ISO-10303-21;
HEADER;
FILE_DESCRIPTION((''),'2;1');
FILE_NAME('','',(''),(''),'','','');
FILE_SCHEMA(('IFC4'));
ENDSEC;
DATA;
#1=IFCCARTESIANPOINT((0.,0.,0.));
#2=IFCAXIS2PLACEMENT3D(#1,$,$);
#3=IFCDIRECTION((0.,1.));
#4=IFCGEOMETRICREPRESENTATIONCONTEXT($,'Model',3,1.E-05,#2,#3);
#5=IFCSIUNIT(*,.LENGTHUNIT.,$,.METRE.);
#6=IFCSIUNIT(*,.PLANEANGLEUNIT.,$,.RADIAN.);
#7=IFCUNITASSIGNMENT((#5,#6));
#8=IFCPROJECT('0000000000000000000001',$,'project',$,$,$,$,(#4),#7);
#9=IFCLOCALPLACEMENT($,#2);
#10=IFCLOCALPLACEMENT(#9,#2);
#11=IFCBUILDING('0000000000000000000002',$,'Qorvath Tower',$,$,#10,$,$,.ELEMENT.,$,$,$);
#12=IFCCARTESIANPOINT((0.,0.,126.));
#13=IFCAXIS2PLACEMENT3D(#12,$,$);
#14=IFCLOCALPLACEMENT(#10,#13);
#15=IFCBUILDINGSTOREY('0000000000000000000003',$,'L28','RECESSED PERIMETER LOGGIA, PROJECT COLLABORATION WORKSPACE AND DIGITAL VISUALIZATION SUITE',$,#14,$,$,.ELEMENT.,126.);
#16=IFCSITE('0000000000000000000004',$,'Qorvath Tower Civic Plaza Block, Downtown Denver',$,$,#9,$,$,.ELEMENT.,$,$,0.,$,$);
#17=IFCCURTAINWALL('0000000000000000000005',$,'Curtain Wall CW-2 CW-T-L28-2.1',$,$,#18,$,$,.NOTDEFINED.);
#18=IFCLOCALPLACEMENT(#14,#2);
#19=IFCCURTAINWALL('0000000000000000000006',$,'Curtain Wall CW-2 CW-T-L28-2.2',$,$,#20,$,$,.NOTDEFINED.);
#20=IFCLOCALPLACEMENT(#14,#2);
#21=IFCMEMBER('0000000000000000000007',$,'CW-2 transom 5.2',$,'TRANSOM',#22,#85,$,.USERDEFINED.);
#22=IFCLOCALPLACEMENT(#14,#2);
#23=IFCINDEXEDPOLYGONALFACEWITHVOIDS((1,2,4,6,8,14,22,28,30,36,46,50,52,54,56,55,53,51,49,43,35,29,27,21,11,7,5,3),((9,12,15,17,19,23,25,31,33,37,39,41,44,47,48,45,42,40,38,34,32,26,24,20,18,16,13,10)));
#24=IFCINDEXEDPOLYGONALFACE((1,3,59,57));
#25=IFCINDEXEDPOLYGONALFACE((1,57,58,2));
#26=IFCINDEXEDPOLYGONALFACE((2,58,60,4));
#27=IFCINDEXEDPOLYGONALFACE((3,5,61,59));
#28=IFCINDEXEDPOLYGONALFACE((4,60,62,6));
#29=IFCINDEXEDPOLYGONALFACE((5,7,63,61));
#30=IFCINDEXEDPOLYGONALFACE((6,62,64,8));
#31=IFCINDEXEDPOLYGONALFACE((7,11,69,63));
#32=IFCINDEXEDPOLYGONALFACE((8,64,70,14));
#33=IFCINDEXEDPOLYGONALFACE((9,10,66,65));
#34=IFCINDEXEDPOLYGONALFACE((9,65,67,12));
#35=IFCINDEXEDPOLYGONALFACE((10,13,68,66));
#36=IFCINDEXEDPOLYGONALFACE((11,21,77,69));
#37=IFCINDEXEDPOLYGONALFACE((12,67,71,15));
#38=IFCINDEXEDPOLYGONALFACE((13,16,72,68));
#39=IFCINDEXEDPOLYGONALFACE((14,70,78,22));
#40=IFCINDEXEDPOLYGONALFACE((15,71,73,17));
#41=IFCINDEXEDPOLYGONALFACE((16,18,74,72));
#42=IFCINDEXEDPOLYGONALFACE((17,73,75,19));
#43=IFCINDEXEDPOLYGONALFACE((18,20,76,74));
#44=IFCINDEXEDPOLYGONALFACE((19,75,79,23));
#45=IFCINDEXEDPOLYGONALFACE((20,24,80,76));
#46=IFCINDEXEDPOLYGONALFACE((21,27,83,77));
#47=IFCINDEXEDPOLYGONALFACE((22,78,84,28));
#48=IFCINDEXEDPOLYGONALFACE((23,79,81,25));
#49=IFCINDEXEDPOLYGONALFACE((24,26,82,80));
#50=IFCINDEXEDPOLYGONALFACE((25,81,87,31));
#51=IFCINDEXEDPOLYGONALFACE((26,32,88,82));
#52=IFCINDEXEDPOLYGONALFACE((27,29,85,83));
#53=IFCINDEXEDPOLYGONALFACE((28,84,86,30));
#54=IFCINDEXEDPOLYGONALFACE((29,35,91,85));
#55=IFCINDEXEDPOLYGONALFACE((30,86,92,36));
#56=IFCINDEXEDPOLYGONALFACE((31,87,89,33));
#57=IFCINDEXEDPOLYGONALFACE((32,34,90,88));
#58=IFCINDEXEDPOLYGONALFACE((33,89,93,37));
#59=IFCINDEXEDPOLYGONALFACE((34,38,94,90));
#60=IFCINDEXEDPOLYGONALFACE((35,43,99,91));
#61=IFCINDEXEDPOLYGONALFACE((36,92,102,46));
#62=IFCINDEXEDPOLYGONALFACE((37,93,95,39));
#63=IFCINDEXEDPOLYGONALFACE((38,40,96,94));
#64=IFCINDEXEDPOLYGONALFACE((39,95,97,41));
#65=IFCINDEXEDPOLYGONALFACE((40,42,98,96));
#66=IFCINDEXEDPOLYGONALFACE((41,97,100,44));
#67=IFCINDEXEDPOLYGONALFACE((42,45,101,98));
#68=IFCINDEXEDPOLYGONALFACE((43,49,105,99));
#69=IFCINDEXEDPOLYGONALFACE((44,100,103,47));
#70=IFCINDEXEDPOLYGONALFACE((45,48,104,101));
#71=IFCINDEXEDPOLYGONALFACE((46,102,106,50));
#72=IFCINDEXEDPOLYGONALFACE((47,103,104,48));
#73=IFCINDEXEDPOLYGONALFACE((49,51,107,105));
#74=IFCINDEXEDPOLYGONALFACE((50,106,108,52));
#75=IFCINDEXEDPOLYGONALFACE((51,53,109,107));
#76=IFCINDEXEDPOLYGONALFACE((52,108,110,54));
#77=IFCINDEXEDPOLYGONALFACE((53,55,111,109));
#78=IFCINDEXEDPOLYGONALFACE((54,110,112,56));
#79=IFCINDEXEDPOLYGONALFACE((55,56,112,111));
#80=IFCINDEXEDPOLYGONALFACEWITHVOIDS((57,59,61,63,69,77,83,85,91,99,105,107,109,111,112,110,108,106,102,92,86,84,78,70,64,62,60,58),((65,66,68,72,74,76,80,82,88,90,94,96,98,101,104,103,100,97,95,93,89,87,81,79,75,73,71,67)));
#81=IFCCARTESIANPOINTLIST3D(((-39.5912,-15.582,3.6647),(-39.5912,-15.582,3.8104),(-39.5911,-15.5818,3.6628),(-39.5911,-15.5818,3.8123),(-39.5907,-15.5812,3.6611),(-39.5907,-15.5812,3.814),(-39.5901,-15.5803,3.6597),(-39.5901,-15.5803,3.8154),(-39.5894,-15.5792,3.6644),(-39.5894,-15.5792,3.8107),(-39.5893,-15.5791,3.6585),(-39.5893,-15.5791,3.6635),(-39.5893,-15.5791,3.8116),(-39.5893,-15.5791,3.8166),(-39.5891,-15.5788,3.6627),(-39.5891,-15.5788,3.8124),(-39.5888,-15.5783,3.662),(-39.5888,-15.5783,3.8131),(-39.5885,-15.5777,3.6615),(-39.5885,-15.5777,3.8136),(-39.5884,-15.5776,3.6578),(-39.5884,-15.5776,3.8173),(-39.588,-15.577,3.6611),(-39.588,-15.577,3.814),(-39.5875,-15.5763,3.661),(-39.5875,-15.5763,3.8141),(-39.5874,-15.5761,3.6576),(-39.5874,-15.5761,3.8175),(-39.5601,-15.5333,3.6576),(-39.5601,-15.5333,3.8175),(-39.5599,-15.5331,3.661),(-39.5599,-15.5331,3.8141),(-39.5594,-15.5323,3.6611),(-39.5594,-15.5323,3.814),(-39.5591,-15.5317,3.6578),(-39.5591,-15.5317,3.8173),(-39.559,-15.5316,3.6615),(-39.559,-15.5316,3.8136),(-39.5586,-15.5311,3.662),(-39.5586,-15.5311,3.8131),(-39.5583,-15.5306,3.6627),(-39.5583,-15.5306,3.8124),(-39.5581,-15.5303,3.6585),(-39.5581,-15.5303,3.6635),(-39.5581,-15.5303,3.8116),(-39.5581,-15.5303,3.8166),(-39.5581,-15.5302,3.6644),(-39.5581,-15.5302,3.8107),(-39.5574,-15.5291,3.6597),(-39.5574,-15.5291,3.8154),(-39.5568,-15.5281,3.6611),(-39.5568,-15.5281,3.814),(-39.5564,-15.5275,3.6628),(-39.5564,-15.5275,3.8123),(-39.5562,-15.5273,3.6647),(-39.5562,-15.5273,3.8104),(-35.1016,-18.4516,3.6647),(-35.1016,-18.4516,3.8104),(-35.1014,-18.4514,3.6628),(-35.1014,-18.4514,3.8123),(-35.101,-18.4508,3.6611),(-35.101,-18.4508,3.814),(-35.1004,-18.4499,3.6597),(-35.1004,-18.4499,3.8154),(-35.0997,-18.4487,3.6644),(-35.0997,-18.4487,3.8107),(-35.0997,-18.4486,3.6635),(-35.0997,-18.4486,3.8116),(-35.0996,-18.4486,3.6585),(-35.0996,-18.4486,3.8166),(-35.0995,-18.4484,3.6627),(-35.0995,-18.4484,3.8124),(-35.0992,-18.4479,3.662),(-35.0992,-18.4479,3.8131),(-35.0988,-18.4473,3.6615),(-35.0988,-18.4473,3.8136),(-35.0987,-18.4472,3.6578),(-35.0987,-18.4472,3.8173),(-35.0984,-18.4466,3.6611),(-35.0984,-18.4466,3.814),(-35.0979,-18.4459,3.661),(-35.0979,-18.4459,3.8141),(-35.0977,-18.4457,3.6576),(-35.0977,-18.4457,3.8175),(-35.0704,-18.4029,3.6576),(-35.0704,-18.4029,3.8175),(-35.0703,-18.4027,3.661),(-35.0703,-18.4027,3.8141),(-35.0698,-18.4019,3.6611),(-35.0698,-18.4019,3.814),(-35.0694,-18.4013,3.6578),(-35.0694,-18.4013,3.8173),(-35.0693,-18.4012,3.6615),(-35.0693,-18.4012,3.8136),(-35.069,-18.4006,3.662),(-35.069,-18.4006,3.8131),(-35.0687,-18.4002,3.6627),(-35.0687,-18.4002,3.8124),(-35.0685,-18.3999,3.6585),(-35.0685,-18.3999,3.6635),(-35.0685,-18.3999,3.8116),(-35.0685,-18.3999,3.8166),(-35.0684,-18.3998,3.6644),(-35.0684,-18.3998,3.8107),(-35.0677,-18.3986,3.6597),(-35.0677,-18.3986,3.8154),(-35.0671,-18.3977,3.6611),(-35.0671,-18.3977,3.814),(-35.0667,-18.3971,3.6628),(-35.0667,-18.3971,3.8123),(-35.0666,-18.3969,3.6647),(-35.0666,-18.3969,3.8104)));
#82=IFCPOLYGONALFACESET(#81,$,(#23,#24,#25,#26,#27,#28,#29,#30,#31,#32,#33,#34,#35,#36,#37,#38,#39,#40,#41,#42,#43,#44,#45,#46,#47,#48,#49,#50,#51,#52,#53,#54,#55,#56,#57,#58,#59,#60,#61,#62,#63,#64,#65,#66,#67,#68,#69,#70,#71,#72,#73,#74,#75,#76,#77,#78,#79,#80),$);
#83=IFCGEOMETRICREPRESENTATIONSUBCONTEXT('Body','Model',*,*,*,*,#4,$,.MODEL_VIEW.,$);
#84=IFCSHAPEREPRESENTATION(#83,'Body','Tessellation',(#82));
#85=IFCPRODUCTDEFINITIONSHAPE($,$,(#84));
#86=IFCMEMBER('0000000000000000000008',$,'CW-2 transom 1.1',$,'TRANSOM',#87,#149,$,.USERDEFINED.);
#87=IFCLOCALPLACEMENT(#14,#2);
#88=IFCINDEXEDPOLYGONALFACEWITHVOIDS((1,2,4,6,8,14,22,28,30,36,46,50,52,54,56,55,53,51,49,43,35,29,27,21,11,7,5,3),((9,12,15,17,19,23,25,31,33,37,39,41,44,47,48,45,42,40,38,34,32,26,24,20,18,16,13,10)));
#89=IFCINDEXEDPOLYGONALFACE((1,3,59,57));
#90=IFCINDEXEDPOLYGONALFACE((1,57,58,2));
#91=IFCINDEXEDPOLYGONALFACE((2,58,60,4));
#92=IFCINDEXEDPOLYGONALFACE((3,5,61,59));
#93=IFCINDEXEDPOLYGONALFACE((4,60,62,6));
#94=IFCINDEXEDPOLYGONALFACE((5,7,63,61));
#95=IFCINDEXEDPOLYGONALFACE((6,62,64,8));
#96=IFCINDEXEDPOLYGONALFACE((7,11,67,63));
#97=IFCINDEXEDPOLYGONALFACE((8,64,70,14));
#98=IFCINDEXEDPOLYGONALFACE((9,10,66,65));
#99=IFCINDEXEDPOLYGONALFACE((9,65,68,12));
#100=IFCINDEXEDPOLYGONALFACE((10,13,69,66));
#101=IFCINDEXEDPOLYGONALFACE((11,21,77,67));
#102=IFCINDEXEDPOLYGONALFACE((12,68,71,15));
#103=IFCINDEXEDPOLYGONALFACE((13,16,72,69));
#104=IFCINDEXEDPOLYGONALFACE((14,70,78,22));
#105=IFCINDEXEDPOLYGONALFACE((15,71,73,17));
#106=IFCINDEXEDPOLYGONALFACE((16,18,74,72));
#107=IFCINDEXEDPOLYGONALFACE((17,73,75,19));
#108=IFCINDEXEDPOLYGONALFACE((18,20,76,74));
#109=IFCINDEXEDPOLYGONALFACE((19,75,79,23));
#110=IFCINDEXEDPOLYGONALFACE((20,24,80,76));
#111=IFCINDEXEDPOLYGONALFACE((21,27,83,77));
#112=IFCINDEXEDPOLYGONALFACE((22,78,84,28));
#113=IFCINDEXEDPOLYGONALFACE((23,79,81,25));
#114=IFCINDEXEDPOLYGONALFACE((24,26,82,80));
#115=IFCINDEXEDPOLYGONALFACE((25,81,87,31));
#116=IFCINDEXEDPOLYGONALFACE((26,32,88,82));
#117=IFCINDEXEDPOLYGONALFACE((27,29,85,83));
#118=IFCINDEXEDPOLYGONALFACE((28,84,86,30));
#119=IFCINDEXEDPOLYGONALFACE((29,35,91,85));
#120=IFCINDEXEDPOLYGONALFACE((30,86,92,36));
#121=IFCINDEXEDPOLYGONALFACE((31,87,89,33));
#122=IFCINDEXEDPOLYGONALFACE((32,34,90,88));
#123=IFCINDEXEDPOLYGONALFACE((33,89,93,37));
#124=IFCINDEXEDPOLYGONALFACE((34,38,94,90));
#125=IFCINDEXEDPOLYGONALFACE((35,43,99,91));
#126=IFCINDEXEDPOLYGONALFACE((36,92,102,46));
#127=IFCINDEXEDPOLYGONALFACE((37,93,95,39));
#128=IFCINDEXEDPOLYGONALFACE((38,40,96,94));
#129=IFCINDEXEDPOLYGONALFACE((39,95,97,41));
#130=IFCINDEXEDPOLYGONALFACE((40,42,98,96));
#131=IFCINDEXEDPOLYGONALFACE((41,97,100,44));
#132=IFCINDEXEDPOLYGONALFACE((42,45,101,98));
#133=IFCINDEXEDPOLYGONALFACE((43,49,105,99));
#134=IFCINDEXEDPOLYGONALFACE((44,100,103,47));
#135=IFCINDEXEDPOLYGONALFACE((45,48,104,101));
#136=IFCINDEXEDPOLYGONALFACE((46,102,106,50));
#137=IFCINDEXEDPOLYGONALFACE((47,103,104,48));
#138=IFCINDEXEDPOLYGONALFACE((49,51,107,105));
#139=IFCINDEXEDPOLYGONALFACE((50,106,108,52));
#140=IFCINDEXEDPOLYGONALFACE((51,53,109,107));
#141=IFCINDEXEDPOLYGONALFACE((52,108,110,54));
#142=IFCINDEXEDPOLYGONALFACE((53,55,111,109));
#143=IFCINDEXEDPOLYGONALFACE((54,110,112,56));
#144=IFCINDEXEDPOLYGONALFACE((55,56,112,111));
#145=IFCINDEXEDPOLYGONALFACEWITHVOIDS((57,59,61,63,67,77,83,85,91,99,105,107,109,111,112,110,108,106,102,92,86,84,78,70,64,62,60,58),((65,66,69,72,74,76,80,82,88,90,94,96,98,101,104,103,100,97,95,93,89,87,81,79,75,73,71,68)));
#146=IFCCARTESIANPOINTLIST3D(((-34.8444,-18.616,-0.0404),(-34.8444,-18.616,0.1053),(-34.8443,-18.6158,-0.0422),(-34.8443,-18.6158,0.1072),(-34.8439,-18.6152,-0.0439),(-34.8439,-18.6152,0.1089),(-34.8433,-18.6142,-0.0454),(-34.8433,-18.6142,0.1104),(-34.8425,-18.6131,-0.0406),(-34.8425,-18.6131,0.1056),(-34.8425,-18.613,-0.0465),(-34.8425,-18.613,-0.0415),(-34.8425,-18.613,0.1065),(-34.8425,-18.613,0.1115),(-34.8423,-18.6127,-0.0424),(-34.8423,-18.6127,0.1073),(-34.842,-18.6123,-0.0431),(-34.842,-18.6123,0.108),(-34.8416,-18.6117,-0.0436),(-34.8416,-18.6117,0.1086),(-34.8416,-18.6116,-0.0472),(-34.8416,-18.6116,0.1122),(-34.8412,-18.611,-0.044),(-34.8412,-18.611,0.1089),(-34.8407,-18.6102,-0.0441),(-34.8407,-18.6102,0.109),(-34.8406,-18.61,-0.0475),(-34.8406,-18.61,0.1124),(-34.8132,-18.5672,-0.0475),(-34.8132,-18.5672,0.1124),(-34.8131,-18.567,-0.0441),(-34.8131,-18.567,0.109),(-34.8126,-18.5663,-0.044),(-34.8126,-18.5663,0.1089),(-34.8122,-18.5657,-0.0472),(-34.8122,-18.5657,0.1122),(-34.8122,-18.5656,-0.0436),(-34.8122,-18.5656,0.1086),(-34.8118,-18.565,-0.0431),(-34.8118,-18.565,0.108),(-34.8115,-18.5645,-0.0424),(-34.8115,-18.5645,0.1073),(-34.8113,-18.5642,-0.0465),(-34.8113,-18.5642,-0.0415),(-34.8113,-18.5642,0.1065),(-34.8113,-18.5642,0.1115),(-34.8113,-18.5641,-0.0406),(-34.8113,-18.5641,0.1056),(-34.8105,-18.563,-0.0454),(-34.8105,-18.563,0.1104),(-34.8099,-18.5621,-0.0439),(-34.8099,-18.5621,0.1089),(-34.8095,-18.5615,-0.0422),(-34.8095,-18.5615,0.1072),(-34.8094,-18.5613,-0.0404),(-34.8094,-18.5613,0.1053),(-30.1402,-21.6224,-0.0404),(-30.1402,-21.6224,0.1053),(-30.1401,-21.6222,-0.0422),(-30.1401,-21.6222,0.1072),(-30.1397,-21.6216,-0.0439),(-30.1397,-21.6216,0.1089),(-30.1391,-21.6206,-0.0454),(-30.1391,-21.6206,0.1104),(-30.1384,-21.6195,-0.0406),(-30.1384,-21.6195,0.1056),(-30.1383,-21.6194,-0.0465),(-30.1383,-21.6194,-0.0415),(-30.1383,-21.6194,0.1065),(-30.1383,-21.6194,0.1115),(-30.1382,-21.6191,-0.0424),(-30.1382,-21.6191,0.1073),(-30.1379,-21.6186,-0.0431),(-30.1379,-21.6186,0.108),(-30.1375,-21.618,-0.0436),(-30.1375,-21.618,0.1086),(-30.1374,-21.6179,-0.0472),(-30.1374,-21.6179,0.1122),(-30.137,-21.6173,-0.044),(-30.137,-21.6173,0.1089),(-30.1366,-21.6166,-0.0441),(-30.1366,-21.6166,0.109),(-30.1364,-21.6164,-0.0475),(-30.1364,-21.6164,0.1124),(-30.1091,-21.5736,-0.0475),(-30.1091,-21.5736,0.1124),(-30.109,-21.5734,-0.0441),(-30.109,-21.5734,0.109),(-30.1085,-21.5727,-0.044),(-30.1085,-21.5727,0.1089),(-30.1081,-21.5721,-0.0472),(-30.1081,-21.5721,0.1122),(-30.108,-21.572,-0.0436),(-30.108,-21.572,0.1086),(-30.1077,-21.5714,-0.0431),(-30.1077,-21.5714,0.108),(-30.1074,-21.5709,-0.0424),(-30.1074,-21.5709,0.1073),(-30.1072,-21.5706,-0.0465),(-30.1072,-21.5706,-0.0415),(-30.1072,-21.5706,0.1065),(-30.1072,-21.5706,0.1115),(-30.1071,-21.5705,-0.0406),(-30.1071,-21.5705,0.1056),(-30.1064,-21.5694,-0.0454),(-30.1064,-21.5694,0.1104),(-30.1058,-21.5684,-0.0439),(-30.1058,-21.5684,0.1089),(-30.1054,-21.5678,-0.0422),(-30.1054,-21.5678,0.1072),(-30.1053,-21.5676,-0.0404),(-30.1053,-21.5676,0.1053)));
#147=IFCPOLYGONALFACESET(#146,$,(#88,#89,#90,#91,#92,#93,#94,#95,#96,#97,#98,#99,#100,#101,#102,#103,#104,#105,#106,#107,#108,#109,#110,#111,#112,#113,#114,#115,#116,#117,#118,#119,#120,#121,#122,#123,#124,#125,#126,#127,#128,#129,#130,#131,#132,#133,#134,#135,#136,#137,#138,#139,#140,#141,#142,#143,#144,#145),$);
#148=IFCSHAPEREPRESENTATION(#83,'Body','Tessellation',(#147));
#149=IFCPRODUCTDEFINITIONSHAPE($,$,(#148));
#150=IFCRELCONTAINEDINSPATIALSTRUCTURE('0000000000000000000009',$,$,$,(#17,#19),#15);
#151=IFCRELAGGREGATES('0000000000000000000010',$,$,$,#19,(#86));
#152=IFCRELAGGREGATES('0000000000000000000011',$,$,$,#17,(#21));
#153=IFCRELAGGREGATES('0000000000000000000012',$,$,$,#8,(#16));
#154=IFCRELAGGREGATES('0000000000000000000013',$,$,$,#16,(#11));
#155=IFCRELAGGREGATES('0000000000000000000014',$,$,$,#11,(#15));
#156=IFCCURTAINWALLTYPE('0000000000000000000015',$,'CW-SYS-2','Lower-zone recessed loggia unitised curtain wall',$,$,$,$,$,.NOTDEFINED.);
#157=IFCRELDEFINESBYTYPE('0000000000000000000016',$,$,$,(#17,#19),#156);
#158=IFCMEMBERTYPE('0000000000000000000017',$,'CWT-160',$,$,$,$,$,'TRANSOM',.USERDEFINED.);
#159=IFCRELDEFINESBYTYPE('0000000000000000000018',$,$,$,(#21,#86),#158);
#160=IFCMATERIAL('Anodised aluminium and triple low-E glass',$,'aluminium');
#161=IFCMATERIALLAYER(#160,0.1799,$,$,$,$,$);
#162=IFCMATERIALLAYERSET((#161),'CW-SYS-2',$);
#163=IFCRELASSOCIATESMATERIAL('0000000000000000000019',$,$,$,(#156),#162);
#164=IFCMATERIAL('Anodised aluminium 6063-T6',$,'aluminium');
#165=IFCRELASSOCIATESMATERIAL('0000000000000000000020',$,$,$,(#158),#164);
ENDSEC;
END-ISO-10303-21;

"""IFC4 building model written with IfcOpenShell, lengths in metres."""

from ifc_helpers import new_model, si_unit, direction, frame, origin, origin_2d, place, context, subcontext, project, spatial, hollow_rectangle, extrude, material, layer, layer_set, material_profile, profile_set, type_object, element, aggregate, save


model = new_model("IFC4")

# Units and contexts
model_context = context("Model", 3, precision=1e-05, world=origin(), true_north=direction((0.0, 1.0)))
body_context = subcontext(model_context, "Body", "Model", "MODEL_VIEW")
ifc_project = project(units=[si_unit("LENGTHUNIT", "METRE"), si_unit("PLANEANGLEUNIT", "RADIAN")], contexts=[model_context])

# Site, building, storey
site_placement = place(None, origin())
site = spatial("IfcSite", under=ifc_project, at=site_placement, Name="Qorvath Tower Civic Plaza Block, Downtown Denver", CompositionType="ELEMENT", RefElevation=0.0)
building_placement = place(site_placement, origin())
building = spatial("IfcBuilding", under=site, at=building_placement, Name="Qorvath Tower", CompositionType="ELEMENT")
storey_placement = place(building_placement, frame((0.0, 0.0, 126.0)))
storey = spatial("IfcBuildingStorey", under=building, at=storey_placement, Name="L28", Description="RECESSED PERIMETER LOGGIA, PROJECT COLLABORATION WORKSPACE AND DIGITAL VISUALIZATION SUITE", CompositionType="ELEMENT", Elevation=126.0)

# Curtain wall
ifc_material_1 = material(Name="Anodised aluminium and triple low-E glass", Category="aluminium")
ifc_layer_1 = layer(ifc_material_1, 0.1799)
ifc_layer_set_1 = layer_set([ifc_layer_1], Name="CW-SYS-2")
curtain_wall_type = type_object("IfcCurtainWallType", Name="CW-SYS-2", Description="Lower-zone recessed loggia unitised curtain wall", PredefinedType="NOTDEFINED", material=ifc_layer_set_1)
curtain_wall_1_placement = place(storey_placement, origin())
curtain_wall_1 = element("IfcCurtainWall", 1, at=curtain_wall_1_placement, inside=storey, type_object=curtain_wall_type, Name="Curtain Wall CW-2 CW-T-L28-2.1", PredefinedType="NOTDEFINED")

# Curtain wall
curtain_wall_2_placement = place(storey_placement, origin())
curtain_wall_2 = element("IfcCurtainWall", 2, at=curtain_wall_2_placement, inside=storey, type_object=curtain_wall_type, Name="Curtain Wall CW-2 CW-T-L28-2.2", PredefinedType="NOTDEFINED")

# Members
ifc_material_2 = material(Name="Anodised aluminium 6063-T6", Category="aluminium")
ifc_material_profile_1 = material_profile(ifc_material_2, hollow_rectangle(XDim=0.0649, YDim=0.1599, WallThickness=0.0034, InnerFilletRadius=0.0034, OuterFilletRadius=0.0071, at=origin_2d()), Name="CWT 160x65")
ifc_profile_set_1 = profile_set([ifc_material_profile_1], Name="Anodised aluminium 6063-T6")
member_type_1 = type_object("IfcMemberType", Name="CWT-160", ElementType="TRANSOM", PredefinedType="USERDEFINED", material=ifc_profile_set_1)
member_1_placement = place(storey_placement, frame((-39.5737, -15.5547, 3.7375), z_axis=(0.842596, -0.538547, 0.0), x_axis=(0.538547, 0.842596, 0.0)))
member_1 = element("IfcMember", 3, at=member_1_placement, type_object=member_type_1, Name="CW-2 transom 5.2", ObjectType="TRANSOM", PredefinedType="USERDEFINED", context=body_context, shape_type="SweptSolid", body=[
    extrude(hollow_rectangle(XDim=0.0649, YDim=0.1599, WallThickness=0.0034, InnerFilletRadius=0.0034, OuterFilletRadius=0.0071, at=origin_2d()), origin(), (0.0, 0.0, 1.0), 5.3284),
])
member_2_placement = place(storey_placement, frame((-34.8269, -18.5886, 0.0325), z_axis=(0.842619, -0.53851, 0.0), x_axis=(0.53851, 0.842619, 0.0)))
member_2 = element("IfcMember", 4, at=member_2_placement, type_object=member_type_1, Name="CW-2 transom 1.1", ObjectType="TRANSOM", PredefinedType="USERDEFINED", context=body_context, shape_type="SweptSolid", body=[
    extrude(hollow_rectangle(XDim=0.0649, YDim=0.1599, WallThickness=0.0034, InnerFilletRadius=0.0034, OuterFilletRadius=0.0071, at=origin_2d()), origin(), (0.0, 0.0, 1.0), 5.5828),
])
aggregate(curtain_wall_2, [member_2])

aggregate(curtain_wall_1, [member_1])

save(model, "model.ifc")
